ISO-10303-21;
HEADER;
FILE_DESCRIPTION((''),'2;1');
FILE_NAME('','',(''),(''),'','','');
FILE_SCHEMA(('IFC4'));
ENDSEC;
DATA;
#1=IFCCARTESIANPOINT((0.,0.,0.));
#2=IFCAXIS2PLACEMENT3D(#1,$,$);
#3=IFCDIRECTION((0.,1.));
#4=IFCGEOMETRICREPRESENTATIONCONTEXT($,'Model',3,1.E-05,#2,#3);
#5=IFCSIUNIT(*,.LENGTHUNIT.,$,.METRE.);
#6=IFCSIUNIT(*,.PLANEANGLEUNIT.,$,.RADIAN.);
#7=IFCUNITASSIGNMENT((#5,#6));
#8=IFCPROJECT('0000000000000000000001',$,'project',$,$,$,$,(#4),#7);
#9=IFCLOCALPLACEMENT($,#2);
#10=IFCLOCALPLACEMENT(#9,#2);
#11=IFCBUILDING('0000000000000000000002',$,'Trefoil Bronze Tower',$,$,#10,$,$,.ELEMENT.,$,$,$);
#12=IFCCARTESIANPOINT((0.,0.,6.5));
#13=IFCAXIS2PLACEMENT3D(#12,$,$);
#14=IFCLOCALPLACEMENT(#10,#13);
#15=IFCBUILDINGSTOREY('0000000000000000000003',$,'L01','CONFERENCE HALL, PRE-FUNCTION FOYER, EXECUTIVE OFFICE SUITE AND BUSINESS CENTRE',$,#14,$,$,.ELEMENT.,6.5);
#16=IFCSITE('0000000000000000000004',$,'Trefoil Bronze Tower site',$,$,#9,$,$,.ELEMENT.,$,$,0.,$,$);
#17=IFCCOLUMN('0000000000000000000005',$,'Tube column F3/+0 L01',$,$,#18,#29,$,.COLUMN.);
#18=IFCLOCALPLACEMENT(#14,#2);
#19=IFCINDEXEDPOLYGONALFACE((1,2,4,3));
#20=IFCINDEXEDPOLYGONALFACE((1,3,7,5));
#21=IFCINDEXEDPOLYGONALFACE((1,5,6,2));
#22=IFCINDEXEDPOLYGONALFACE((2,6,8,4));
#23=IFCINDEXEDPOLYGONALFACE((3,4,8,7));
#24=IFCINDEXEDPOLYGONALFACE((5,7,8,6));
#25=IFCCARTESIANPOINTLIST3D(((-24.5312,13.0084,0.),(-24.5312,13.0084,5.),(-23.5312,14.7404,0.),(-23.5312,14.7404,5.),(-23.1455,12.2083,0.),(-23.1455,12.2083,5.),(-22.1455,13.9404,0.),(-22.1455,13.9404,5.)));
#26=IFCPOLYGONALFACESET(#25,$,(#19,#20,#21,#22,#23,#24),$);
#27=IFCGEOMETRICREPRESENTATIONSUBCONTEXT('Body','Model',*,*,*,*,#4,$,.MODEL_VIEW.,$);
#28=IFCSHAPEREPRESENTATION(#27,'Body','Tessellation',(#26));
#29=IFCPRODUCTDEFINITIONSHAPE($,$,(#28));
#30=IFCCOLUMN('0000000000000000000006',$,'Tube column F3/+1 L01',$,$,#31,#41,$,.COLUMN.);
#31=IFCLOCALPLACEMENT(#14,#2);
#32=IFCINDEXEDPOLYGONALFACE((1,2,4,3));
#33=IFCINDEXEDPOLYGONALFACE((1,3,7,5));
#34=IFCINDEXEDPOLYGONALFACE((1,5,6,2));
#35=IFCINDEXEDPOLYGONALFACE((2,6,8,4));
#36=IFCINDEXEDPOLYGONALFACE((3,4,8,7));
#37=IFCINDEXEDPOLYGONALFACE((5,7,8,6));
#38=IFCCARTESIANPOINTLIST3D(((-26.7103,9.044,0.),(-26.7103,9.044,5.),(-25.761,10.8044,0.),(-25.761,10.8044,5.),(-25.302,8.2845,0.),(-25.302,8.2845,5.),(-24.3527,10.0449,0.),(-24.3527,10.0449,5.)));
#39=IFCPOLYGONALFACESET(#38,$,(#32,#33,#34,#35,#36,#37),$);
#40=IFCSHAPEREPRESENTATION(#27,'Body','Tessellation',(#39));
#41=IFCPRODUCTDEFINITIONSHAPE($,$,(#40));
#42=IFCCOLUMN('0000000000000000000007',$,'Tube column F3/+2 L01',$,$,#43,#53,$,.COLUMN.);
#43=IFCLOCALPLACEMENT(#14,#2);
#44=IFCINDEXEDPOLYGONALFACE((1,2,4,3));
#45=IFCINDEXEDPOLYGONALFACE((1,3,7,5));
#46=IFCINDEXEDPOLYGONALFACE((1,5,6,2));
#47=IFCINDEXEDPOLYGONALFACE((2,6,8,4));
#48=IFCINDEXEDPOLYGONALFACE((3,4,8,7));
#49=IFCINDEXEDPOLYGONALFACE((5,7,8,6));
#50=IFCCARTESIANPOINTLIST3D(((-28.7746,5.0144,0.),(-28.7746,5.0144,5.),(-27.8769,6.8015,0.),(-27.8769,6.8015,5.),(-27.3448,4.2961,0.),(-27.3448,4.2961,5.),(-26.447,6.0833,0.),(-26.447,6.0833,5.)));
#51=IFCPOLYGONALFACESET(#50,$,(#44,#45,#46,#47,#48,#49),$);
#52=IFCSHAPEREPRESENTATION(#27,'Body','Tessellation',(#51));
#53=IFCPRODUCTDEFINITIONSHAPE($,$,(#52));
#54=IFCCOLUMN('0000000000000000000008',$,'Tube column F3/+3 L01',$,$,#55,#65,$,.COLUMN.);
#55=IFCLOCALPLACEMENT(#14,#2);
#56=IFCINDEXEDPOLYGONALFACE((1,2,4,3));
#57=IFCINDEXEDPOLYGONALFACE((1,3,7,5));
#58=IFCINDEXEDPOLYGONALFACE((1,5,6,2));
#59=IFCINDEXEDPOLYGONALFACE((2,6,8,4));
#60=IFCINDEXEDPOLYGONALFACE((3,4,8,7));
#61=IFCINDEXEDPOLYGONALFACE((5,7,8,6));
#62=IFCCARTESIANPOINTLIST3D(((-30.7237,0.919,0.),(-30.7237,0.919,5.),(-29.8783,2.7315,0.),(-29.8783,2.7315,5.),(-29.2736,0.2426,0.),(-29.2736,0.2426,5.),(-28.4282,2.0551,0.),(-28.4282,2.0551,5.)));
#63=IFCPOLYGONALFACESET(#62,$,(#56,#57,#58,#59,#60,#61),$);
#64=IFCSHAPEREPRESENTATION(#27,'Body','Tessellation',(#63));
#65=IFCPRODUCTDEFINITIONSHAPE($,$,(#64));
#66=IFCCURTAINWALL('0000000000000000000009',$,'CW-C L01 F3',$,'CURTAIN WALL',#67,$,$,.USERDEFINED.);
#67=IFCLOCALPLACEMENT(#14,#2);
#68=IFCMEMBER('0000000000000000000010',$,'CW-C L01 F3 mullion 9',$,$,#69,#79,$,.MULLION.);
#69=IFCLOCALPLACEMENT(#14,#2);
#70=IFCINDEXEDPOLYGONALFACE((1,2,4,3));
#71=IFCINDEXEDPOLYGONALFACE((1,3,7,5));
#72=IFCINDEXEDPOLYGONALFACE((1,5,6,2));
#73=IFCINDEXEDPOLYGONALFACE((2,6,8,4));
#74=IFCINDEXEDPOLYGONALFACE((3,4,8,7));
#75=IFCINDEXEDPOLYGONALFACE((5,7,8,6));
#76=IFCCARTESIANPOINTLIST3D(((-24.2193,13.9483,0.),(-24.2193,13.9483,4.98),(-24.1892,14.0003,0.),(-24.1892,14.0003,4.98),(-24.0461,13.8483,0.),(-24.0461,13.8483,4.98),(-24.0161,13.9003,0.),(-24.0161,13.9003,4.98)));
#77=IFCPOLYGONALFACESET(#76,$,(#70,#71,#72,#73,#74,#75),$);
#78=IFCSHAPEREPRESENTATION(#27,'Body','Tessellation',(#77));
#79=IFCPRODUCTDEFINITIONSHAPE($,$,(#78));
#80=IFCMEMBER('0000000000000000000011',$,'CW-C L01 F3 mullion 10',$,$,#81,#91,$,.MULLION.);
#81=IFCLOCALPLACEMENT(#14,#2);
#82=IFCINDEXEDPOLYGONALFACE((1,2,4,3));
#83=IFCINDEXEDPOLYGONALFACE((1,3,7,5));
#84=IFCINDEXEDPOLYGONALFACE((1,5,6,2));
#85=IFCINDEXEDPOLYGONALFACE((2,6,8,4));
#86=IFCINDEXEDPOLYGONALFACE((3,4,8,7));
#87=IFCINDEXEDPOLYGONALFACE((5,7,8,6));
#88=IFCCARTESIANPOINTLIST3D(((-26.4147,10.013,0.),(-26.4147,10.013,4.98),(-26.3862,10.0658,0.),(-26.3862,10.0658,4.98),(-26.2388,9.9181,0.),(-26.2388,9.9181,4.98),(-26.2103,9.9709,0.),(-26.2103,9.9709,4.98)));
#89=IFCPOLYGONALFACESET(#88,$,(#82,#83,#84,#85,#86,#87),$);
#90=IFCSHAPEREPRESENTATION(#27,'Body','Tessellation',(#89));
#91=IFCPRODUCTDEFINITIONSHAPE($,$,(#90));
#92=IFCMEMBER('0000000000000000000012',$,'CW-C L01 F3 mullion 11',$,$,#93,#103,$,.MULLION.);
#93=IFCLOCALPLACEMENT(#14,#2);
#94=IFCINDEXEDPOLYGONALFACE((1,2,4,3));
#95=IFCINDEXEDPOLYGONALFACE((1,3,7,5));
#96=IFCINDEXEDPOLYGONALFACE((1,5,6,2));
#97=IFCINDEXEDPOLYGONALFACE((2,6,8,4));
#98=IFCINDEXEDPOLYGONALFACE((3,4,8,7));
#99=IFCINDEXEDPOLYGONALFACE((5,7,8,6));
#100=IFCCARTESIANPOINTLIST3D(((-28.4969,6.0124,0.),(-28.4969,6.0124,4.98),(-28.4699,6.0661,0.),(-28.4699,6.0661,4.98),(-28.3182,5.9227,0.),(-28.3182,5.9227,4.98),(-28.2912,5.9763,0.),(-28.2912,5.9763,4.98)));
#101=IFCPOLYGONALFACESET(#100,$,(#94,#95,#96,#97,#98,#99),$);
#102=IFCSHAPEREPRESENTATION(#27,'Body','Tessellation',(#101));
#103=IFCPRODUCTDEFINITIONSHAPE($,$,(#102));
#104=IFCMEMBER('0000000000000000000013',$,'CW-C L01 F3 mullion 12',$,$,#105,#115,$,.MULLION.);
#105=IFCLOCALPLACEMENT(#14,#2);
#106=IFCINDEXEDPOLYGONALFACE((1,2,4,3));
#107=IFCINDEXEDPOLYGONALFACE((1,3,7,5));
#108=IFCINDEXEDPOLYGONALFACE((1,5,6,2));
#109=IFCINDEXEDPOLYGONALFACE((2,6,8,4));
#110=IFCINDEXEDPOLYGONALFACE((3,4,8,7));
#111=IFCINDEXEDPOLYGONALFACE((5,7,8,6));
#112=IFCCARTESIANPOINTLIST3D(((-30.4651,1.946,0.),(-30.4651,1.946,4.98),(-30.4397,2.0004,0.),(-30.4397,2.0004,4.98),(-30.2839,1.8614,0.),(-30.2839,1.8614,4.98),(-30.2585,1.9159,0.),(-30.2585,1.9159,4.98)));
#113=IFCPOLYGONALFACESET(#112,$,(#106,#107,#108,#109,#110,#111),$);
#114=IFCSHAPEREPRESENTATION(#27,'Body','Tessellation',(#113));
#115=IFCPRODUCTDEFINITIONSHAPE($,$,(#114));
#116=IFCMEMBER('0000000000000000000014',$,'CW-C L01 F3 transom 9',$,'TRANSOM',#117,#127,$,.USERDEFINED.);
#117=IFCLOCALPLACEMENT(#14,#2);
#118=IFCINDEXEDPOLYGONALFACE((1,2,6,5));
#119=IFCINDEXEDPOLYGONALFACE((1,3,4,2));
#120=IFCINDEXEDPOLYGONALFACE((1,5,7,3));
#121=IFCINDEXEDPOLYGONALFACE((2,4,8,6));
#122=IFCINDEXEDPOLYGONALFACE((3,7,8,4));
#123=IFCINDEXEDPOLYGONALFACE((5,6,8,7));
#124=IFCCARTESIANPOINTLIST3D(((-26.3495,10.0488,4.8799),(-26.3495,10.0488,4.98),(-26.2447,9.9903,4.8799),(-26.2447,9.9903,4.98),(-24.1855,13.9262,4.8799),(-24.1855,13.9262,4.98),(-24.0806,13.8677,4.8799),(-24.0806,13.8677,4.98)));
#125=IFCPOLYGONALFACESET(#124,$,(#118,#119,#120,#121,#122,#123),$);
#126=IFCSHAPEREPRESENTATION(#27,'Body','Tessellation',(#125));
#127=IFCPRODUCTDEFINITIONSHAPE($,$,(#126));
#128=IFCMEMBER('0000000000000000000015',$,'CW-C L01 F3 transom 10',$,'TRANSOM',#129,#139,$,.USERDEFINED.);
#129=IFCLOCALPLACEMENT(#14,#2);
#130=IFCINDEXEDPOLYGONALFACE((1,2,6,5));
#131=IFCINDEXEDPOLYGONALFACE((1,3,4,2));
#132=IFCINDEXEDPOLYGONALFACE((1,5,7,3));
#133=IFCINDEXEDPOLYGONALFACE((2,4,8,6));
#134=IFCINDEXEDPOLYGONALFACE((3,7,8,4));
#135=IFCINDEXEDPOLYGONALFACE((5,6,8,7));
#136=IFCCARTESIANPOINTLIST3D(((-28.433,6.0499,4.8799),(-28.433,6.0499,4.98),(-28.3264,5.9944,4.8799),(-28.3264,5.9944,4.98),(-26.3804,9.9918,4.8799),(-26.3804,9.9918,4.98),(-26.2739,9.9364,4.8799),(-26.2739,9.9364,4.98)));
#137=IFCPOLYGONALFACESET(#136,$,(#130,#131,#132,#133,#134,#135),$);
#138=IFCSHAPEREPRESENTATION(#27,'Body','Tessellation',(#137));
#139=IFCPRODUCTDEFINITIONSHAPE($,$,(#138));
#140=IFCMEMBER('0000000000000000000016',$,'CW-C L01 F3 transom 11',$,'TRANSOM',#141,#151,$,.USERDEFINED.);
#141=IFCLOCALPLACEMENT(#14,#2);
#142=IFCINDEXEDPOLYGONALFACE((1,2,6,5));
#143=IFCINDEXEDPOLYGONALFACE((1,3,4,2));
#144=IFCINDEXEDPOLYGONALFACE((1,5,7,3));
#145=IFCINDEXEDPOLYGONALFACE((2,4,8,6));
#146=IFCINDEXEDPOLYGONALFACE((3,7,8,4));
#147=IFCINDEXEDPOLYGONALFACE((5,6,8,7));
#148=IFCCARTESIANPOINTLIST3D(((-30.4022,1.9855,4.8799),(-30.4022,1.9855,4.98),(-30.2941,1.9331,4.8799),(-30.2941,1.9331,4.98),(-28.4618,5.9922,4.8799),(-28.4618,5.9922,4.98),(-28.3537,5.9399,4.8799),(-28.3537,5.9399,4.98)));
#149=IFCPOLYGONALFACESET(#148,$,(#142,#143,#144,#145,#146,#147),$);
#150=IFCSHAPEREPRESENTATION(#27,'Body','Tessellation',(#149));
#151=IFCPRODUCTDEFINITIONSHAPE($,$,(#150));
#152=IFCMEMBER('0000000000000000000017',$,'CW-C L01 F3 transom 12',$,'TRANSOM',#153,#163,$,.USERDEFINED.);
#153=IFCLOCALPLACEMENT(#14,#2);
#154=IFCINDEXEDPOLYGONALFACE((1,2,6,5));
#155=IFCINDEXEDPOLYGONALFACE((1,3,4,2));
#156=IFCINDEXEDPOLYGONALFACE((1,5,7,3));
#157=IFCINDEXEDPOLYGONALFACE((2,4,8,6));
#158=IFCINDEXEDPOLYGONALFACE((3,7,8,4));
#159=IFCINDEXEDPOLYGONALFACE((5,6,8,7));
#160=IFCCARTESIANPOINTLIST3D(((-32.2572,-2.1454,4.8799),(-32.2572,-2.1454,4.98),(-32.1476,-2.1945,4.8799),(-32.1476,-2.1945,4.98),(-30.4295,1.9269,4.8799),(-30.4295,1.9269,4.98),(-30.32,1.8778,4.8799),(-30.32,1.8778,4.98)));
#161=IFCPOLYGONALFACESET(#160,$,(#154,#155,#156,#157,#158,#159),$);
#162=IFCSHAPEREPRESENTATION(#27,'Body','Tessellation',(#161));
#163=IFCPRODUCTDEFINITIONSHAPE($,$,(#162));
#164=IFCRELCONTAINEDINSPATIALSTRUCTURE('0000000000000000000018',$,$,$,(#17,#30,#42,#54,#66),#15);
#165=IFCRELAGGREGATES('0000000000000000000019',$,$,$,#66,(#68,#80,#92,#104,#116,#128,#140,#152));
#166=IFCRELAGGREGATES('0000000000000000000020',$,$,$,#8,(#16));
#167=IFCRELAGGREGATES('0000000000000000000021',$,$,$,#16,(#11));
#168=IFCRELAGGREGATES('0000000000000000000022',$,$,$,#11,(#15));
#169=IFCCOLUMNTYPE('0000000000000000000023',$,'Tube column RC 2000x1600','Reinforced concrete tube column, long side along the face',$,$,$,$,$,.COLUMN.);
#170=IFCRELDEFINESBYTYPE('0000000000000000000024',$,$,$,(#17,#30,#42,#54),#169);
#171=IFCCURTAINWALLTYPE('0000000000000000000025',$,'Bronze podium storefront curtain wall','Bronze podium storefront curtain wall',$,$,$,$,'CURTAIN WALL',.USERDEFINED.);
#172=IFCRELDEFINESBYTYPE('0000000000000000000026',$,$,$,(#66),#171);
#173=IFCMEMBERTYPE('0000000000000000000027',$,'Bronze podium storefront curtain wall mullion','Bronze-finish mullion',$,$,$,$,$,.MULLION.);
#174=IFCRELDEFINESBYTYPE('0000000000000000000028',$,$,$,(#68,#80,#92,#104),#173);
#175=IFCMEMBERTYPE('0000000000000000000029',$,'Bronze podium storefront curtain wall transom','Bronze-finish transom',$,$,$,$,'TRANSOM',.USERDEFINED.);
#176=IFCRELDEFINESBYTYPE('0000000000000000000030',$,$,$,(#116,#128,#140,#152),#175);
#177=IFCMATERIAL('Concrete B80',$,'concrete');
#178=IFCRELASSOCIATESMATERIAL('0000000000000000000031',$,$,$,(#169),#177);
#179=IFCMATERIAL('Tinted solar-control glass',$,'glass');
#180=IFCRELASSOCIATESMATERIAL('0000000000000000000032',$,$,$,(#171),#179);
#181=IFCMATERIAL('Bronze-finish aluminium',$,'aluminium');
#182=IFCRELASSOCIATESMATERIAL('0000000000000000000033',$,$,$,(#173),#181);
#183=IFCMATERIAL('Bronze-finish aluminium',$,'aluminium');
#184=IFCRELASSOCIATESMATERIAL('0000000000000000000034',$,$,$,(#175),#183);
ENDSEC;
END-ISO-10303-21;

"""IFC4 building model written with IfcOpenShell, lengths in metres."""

from ifc_helpers import new_model, si_unit, direction, frame, origin, origin_2d, place, context, subcontext, project, spatial, rectangle, extrude, material, material_profile, profile_set, type_object, element, aggregate, save


model = new_model("IFC4")

# Units and contexts
model_context = context("Model", 3, precision=1e-05, world=origin(), true_north=direction((0.0, 1.0)))
body_context = subcontext(model_context, "Body", "Model", "MODEL_VIEW")
ifc_project = project(units=[si_unit("LENGTHUNIT", "METRE"), si_unit("PLANEANGLEUNIT", "RADIAN")], contexts=[model_context])

# Site, building, storey
site_placement = place(None, origin())
site = spatial("IfcSite", under=ifc_project, at=site_placement, Name="Trefoil Bronze Tower site", CompositionType="ELEMENT", RefElevation=0.0)
building_placement = place(site_placement, origin())
building = spatial("IfcBuilding", under=site, at=building_placement, Name="Trefoil Bronze Tower", CompositionType="ELEMENT")
storey_placement = place(building_placement, frame((0.0, 0.0, 6.5)))
storey = spatial("IfcBuildingStorey", under=building, at=storey_placement, Name="L01", Description="CONFERENCE HALL, PRE-FUNCTION FOYER, EXECUTIVE OFFICE SUITE AND BUSINESS CENTRE", CompositionType="ELEMENT", Elevation=6.5)

# Columns
ifc_material_1 = material(Name="Concrete B80", Category="concrete")
ifc_material_profile_1 = material_profile(ifc_material_1, rectangle(XDim=2.0, YDim=1.6001, at=origin_2d()), Name="RC 2000x1600")
ifc_profile_set_1 = profile_set([ifc_material_profile_1], Name="Concrete B80")
column_type = type_object("IfcColumnType", Name="Tube column RC 2000x1600", Description="Reinforced concrete tube column, long side along the face", PredefinedType="COLUMN", material=ifc_profile_set_1)
for number, where, z_axis, x_axis, name in (
    (1, (-23.3384, 13.4744, 0.0), (0.0, 0.0, 1.0), (-0.5, -0.866025, 0.0), "Tube column F3/+0 L01"),
    (2, (-25.5315, 9.5444, 0.0), (0.0, 0.0, 1.0), (-0.474656, -0.880171, 0.0), "Tube column F3/+1 L01"),
    (3, (-27.6108, 5.5488, 0.0), (0.0, 0.0, 1.0), (-0.44889, -0.893587, 0.0), "Tube column F3/+2 L01"),
    (4, (-29.5759, 1.4871, 0.0), (0.0, 0.0, 1.0), (-0.422701, -0.906269, 0.0), "Tube column F3/+3 L01"),
):
    element("IfcColumn", number, at=place(storey_placement, frame(where, z_axis=z_axis, x_axis=x_axis)), inside=storey, type_object=column_type, Name=name, PredefinedType="COLUMN", context=body_context, shape_type="SweptSolid", body=[
        extrude(rectangle(XDim=2.0, YDim=1.6001, at=origin_2d()), origin(), (0.0, 0.0, 1.0), 5.0),
    ])

# Curtain wall, members
ifc_material_2 = material(Name="Tinted solar-control glass", Category="glass")
curtain_wall_type = type_object("IfcCurtainWallType", Name="Bronze podium storefront curtain wall", Description="Bronze podium storefront curtain wall", ElementType="CURTAIN WALL", PredefinedType="USERDEFINED", material=ifc_material_2)
curtain_wall_placement = place(storey_placement, origin())
curtain_wall = element("IfcCurtainWall", 5, at=curtain_wall_placement, inside=storey, type_object=curtain_wall_type, Name="CW-C L01 F3", ObjectType="CURTAIN WALL", PredefinedType="USERDEFINED")
ifc_material_3 = material(Name="Bronze-finish aluminium", Category="aluminium")
ifc_material_profile_2 = material_profile(ifc_material_3, rectangle(XDim=0.2, YDim=0.0601, at=origin_2d()), Name="CW-C mullion")
ifc_profile_set_2 = profile_set([ifc_material_profile_2], Name="Bronze-finish aluminium")
member_type_1 = type_object("IfcMemberType", Name="Bronze podium storefront curtain wall mullion", Description="Bronze-finish mullion", PredefinedType="MULLION", material=ifc_profile_set_2)
member_1_placement = place(storey_placement, frame((-24.1177, 13.9243, 0.0), z_axis=(0.0, 0.0, 1.0), x_axis=(0.866025, -0.5, 0.0)))
member_1 = element("IfcMember", 6, at=member_1_placement, type_object=member_type_1, Name="CW-C L01 F3 mullion 9", PredefinedType="MULLION", context=body_context, shape_type="SweptSolid", body=[
    extrude(rectangle(XDim=0.2, YDim=0.0601, at=origin_2d()), origin(), (0.0, 0.0, 1.0), 4.98),
])
member_2_placement = place(storey_placement, frame((-26.3125, 9.9919, 0.0), z_axis=(0.0, 0.0, 1.0), x_axis=(0.880171, -0.474656, 0.0)))
member_2 = element("IfcMember", 7, at=member_2_placement, type_object=member_type_1, Name="CW-C L01 F3 mullion 10", PredefinedType="MULLION", context=body_context, shape_type="SweptSolid", body=[
    extrude(rectangle(XDim=0.2, YDim=0.0601, at=origin_2d()), origin(), (0.0, 0.0, 1.0), 4.98),
])
member_3_placement = place(storey_placement, frame((-28.394, 5.9944, 0.0), z_axis=(0.0, 0.0, 1.0), x_axis=(0.893587, -0.44889, 0.0)))
member_3 = element("IfcMember", 8, at=member_3_placement, type_object=member_type_1, Name="CW-C L01 F3 mullion 11", PredefinedType="MULLION", context=body_context, shape_type="SweptSolid", body=[
    extrude(rectangle(XDim=0.2, YDim=0.0601, at=origin_2d()), origin(), (0.0, 0.0, 1.0), 4.98),
])
member_4_placement = place(storey_placement, frame((-30.3618, 1.9309, 0.0), z_axis=(0.0, 0.0, 1.0), x_axis=(0.906269, -0.422701, 0.0)))
member_4 = element("IfcMember", 9, at=member_4_placement, type_object=member_type_1, Name="CW-C L01 F3 mullion 12", PredefinedType="MULLION", context=body_context, shape_type="SweptSolid", body=[
    extrude(rectangle(XDim=0.2, YDim=0.0601, at=origin_2d()), origin(), (0.0, 0.0, 1.0), 4.98),
])
ifc_material_4 = material(Name="Bronze-finish aluminium", Category="aluminium")
ifc_material_profile_3 = material_profile(ifc_material_4, rectangle(XDim=0.1201, YDim=0.1001, at=origin_2d()), Name="CW-C transom")
ifc_profile_set_3 = profile_set([ifc_material_profile_3], Name="Bronze-finish aluminium")
member_type_2 = type_object("IfcMemberType", Name="Bronze podium storefront curtain wall transom", Description="Bronze-finish transom", ElementType="TRANSOM", PredefinedType="USERDEFINED", material=ifc_profile_set_3)
member_5_placement = place(storey_placement, frame((-24.1331, 13.897, 4.9299), z_axis=(-0.487351, -0.873206, 0.0), x_axis=(0.873206, -0.487351, 0.0)))
member_5 = element("IfcMember", 10, at=member_5_placement, type_object=member_type_2, Name="CW-C L01 F3 transom 9", ObjectType="TRANSOM", PredefinedType="USERDEFINED", context=body_context, shape_type="SweptSolid", body=[
    extrude(rectangle(XDim=0.1201, YDim=0.1001, at=origin_2d()), origin(), (0.0, 0.0, 1.0), 4.4404),
])
member_6_placement = place(storey_placement, frame((-26.3271, 9.9641, 4.9299), z_axis=(-0.461832, -0.886968, 0.0), x_axis=(0.886968, -0.461832, 0.0)))
member_6 = element("IfcMember", 11, at=member_6_placement, type_object=member_type_2, Name="CW-C L01 F3 transom 10", ObjectType="TRANSOM", PredefinedType="USERDEFINED", context=body_context, shape_type="SweptSolid", body=[
    extrude(rectangle(XDim=0.1201, YDim=0.1001, at=origin_2d()), origin(), (0.0, 0.0, 1.0), 4.4443),
])
member_7_placement = place(storey_placement, frame((-28.4077, 5.9661, 4.9299), z_axis=(-0.435859, -0.900015, 0.0), x_axis=(0.900015, -0.435859, 0.0)))
member_7 = element("IfcMember", 12, at=member_7_placement, type_object=member_type_2, Name="CW-C L01 F3 transom 11", ObjectType="TRANSOM", PredefinedType="USERDEFINED", context=body_context, shape_type="SweptSolid", body=[
    extrude(rectangle(XDim=0.1201, YDim=0.1001, at=origin_2d()), origin(), (0.0, 0.0, 1.0), 4.4519),
])
member_8_placement = place(storey_placement, frame((-30.3748, 1.9023, 4.9299), z_axis=(-0.409455, -0.91233, 0.0), x_axis=(0.91233, -0.409455, 0.0)))
member_8 = element("IfcMember", 13, at=member_8_placement, type_object=member_type_2, Name="CW-C L01 F3 transom 12", ObjectType="TRANSOM", PredefinedType="USERDEFINED", context=body_context, shape_type="SweptSolid", body=[
    extrude(rectangle(XDim=0.1201, YDim=0.1001, at=origin_2d()), origin(), (0.0, 0.0, 1.0), 4.4636),
])

aggregate(curtain_wall, [member_1, member_2, member_3, member_4, member_5, member_6, member_7, member_8])

save(model, "model.ifc")
